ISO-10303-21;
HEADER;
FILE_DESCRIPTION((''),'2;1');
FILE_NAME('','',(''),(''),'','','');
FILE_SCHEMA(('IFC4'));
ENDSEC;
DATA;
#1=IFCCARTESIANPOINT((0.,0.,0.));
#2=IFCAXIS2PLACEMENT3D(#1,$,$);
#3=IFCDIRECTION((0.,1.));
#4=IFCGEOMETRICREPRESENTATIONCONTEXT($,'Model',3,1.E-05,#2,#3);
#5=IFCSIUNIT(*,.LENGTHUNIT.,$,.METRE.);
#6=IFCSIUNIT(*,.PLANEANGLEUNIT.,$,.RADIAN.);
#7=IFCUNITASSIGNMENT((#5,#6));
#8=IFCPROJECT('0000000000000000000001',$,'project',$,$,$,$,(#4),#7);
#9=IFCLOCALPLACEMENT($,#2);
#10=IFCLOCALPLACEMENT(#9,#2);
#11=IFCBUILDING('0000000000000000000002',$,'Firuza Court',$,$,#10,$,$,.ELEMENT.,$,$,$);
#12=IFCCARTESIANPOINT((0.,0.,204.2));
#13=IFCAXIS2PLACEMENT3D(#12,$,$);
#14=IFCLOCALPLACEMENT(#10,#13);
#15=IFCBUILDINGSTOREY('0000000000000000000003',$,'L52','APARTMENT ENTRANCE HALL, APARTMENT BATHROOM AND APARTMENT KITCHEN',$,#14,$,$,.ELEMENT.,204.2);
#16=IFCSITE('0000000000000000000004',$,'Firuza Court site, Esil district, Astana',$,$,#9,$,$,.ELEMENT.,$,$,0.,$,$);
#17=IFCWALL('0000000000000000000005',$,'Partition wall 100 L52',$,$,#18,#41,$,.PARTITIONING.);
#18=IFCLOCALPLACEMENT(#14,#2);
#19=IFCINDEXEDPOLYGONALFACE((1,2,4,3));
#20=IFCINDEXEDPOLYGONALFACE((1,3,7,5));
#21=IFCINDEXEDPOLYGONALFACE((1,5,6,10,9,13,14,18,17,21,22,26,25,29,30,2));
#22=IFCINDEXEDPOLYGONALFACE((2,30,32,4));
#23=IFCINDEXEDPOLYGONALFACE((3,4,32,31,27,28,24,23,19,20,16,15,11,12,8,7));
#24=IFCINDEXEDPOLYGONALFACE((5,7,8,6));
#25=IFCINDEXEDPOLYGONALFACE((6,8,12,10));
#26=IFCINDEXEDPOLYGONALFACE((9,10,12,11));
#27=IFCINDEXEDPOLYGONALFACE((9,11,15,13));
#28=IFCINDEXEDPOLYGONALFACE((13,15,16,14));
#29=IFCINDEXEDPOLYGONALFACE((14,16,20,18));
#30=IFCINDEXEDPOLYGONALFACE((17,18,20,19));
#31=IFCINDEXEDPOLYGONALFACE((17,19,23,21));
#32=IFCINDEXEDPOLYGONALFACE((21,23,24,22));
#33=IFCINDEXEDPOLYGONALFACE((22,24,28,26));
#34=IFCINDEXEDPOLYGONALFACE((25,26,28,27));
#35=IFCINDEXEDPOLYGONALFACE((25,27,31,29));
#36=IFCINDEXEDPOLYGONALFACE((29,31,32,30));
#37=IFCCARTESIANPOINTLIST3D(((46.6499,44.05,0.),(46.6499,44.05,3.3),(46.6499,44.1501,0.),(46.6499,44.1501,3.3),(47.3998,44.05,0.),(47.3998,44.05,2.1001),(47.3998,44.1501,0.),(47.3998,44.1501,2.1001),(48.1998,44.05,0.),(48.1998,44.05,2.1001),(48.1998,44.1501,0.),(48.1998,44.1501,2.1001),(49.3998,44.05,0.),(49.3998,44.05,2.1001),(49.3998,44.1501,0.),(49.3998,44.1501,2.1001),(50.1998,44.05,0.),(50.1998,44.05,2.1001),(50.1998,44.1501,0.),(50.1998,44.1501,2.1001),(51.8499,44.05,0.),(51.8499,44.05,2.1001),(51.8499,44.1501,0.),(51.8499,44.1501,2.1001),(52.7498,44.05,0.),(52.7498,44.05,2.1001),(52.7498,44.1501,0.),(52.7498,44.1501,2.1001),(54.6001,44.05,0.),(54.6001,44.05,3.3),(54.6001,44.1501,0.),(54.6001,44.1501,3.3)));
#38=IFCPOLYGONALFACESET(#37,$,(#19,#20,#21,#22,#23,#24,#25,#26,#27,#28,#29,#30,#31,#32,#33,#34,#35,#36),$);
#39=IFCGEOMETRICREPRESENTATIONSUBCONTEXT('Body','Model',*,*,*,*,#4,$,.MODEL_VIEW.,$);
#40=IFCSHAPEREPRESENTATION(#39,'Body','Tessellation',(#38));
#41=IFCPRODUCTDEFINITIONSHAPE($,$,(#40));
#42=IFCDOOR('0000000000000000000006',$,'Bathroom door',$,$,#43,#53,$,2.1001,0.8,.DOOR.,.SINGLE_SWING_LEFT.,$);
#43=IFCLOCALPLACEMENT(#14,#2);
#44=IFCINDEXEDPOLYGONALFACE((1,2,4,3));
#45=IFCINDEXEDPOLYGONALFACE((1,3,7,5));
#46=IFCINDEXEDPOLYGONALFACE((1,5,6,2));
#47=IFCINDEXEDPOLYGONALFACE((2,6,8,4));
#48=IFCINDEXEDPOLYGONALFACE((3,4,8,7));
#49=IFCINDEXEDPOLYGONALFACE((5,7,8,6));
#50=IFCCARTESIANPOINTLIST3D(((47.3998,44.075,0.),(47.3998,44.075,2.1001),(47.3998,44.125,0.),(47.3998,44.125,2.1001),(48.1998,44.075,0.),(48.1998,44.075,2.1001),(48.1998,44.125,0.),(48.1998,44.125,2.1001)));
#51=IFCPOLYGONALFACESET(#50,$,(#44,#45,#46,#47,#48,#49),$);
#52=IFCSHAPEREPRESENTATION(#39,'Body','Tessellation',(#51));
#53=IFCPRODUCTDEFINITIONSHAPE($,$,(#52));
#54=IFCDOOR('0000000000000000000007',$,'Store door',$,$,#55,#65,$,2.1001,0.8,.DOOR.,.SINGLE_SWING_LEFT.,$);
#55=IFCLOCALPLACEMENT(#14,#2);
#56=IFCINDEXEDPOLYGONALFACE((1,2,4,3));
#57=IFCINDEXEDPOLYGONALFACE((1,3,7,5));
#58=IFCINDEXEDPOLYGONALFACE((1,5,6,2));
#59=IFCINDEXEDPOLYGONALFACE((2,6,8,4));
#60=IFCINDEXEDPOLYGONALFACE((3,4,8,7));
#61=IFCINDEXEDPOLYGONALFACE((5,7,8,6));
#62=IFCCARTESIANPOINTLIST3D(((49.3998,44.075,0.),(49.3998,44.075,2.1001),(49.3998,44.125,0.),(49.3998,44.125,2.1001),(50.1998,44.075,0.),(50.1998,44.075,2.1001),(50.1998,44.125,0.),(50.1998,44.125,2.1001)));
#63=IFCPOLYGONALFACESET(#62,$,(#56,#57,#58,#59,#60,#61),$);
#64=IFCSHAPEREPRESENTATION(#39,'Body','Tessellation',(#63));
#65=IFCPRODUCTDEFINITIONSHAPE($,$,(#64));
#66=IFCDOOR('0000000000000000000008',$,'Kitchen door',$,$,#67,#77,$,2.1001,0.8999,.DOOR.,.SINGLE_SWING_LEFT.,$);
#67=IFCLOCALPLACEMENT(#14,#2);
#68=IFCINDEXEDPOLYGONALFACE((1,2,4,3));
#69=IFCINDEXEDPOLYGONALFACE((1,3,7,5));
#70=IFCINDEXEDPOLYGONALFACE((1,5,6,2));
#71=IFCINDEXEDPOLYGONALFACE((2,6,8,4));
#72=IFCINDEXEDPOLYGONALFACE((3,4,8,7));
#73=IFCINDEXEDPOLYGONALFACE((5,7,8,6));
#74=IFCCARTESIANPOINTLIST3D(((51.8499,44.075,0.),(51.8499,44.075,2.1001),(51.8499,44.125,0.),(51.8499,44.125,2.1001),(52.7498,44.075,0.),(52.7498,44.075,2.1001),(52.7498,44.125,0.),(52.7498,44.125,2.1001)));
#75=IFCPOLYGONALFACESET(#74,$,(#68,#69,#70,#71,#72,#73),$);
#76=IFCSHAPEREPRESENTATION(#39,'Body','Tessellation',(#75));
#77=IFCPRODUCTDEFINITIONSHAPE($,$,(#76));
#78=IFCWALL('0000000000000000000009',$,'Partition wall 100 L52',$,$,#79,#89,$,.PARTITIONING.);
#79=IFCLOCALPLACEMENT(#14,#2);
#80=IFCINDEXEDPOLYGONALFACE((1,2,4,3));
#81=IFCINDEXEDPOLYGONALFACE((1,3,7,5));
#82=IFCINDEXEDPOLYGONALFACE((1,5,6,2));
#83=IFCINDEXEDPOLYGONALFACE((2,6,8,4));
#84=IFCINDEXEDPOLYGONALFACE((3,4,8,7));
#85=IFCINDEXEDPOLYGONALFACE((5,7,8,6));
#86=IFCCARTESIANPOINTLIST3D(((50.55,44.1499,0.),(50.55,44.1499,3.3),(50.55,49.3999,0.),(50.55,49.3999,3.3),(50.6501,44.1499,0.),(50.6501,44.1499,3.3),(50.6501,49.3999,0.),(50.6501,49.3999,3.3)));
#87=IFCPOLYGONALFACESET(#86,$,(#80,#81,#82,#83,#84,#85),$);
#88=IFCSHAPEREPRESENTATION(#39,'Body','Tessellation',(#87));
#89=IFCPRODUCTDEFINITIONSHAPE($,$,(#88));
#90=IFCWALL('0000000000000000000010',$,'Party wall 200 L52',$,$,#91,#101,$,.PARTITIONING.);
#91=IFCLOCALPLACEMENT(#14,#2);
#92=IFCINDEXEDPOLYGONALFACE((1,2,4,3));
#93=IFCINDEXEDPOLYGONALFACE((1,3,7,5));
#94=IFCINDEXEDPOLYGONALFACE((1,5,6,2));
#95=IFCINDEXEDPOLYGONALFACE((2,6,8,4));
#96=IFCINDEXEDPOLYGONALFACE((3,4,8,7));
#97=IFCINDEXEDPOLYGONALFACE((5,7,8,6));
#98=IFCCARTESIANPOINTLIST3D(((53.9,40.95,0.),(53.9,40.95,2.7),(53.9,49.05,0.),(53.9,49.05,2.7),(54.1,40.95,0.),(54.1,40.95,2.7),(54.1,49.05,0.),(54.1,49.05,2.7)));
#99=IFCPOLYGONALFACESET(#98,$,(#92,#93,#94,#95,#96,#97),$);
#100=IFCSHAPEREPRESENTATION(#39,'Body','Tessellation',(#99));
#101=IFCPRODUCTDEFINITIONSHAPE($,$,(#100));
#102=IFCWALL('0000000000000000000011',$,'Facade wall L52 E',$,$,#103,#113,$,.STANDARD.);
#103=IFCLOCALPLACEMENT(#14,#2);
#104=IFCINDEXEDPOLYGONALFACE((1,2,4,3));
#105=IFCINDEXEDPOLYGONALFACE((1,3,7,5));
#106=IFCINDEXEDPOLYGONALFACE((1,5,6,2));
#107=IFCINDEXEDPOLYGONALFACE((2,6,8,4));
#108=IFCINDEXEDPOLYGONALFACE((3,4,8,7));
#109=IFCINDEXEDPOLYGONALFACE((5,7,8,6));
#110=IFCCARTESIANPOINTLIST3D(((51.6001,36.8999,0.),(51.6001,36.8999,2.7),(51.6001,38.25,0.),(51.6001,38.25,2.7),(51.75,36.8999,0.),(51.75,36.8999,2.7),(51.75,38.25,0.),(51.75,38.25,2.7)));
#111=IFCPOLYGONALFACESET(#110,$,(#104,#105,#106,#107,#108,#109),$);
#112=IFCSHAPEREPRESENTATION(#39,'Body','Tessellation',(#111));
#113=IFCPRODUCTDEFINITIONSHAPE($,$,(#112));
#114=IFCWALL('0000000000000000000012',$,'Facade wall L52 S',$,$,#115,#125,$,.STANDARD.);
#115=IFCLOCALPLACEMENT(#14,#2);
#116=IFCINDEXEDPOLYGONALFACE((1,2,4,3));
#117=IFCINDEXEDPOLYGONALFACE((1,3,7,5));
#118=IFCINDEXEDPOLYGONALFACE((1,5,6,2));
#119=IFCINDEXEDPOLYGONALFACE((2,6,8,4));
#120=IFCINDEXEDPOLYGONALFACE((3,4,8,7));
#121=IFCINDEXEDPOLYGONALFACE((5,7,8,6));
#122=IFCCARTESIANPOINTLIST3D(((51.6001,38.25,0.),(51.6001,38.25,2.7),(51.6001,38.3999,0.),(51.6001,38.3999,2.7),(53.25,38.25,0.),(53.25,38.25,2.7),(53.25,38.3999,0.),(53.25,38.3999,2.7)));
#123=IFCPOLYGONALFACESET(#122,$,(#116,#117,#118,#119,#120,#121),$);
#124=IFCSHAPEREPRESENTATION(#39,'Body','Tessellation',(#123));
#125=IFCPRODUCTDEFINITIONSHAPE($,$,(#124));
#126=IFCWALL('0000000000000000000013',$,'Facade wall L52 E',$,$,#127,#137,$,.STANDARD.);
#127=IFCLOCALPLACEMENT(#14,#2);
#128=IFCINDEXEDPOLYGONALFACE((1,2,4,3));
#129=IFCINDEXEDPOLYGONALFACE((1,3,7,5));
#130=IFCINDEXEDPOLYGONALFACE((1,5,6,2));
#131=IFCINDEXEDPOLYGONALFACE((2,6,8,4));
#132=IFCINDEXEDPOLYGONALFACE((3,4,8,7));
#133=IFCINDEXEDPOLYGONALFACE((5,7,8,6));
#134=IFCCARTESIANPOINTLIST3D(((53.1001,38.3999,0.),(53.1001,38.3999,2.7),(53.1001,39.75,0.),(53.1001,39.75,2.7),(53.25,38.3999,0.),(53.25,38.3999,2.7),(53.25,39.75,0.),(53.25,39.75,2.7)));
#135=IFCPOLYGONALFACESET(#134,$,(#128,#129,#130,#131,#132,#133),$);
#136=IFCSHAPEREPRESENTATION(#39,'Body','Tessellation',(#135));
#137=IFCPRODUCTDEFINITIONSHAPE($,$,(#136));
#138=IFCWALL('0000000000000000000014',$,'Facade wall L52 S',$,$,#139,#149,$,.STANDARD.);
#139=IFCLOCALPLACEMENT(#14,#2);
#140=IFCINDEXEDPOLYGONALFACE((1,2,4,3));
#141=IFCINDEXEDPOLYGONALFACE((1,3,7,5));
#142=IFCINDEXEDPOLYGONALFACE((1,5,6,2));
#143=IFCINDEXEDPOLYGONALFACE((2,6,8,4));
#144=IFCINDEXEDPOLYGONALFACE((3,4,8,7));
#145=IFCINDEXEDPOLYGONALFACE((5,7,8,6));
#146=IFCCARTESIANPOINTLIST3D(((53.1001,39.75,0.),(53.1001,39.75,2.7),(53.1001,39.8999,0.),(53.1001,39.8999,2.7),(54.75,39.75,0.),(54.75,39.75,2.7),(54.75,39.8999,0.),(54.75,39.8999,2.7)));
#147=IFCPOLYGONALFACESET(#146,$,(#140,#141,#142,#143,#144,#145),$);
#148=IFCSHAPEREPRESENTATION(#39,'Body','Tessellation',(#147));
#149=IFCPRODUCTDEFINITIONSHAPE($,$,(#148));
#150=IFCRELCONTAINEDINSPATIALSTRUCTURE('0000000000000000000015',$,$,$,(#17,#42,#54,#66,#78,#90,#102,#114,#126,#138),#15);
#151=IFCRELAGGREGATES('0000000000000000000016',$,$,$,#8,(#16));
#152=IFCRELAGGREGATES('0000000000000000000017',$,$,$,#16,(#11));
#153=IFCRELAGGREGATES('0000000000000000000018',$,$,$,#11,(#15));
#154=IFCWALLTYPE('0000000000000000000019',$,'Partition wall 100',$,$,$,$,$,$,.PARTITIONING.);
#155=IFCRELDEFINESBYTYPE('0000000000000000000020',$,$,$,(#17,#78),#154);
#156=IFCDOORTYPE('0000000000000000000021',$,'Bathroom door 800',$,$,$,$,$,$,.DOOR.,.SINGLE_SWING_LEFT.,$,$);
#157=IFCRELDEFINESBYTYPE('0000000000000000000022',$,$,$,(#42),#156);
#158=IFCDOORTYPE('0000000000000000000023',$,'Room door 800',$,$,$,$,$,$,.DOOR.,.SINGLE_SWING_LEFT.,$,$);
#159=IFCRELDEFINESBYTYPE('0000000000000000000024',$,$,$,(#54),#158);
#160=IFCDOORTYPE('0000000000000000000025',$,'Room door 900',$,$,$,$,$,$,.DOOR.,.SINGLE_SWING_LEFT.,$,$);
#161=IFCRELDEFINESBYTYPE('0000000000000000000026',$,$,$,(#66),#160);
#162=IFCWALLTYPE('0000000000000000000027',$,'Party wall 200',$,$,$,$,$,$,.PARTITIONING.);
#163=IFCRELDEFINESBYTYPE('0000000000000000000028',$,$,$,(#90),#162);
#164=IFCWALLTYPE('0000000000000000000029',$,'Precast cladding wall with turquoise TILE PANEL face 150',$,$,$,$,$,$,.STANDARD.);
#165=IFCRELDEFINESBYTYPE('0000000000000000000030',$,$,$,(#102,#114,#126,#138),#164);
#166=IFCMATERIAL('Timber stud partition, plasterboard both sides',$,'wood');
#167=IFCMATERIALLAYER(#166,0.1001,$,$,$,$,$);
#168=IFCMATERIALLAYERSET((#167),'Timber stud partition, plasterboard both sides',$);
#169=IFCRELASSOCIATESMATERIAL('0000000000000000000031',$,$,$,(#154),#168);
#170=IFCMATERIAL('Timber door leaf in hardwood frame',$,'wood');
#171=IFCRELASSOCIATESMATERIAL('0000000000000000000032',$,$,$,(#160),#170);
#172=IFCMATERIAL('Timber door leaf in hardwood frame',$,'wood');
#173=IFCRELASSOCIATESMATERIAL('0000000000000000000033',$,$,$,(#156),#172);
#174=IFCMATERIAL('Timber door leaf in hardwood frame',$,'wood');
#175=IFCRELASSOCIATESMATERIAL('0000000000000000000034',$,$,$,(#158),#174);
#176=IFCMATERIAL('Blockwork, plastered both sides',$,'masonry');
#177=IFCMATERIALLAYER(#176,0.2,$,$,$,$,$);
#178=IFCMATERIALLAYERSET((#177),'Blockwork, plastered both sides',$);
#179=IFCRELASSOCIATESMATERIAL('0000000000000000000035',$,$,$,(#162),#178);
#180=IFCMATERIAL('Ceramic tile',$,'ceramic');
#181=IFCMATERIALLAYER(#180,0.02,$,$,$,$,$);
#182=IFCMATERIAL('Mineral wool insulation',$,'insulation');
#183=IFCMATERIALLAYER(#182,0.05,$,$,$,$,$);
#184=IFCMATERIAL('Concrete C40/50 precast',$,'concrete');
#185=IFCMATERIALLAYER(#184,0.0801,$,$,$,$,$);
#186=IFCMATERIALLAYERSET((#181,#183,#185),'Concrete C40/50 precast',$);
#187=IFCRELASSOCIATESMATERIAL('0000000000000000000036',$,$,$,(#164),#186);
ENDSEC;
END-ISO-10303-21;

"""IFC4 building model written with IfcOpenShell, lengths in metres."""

from ifc_helpers import new_model, si_unit, direction, frame, frame_2d, origin, place, context, subcontext, project, spatial, rectangle, extrude, material, layer, layer_set, type_object, element, fill, save


model = new_model("IFC4")

# Units and contexts
model_context = context("Model", 3, precision=1e-05, world=origin(), true_north=direction((0.0, 1.0)))
body_context = subcontext(model_context, "Body", "Model", "MODEL_VIEW")
ifc_project = project(units=[si_unit("LENGTHUNIT", "METRE"), si_unit("PLANEANGLEUNIT", "RADIAN")], contexts=[model_context])

# Site, building, storey
site_placement = place(None, origin())
site = spatial("IfcSite", under=ifc_project, at=site_placement, Name="Firuza Court site, Esil district, Astana", CompositionType="ELEMENT", RefElevation=0.0)
building_placement = place(site_placement, origin())
building = spatial("IfcBuilding", under=site, at=building_placement, Name="Firuza Court", CompositionType="ELEMENT")
storey_placement = place(building_placement, frame((0.0, 0.0, 204.2)))
storey = spatial("IfcBuildingStorey", under=building, at=storey_placement, Name="L52", Description="APARTMENT ENTRANCE HALL, APARTMENT BATHROOM AND APARTMENT KITCHEN", CompositionType="ELEMENT", Elevation=204.2)

# Shared definitions
ifc_material_1 = material(Name="Timber stud partition, plasterboard both sides", Category="wood")
ifc_layer_1 = layer(ifc_material_1, 0.1001)
ifc_layer_set_1 = layer_set([ifc_layer_1], Name="Timber stud partition, plasterboard both sides")
wall_type_1 = type_object("IfcWallType", Name="Partition wall 100", PredefinedType="PARTITIONING", material=ifc_layer_set_1)
ifc_material_2 = material(Name="Timber door leaf in hardwood frame", Category="wood")
door_type_1 = type_object("IfcDoorType", Name="Room door 900", OperationType="SINGLE_SWING_LEFT", PredefinedType="DOOR", material=ifc_material_2)

# Wall, openings, doors
wall_1_placement = place(storey_placement, frame((46.6499, 44.1001, 0.0), z_axis=(0.0, 0.0, 1.0), x_axis=(1.0, 0.0, 0.0)))
wall_1 = element("IfcWall", 1, at=wall_1_placement, inside=storey, type_object=wall_type_1, Name="Partition wall 100 L52", PredefinedType="PARTITIONING", context=body_context, shape_type="SweptSolid", body=[
    extrude(rectangle(XDim=7.9502, YDim=0.1001, at=frame_2d((3.9751, 0.0))), origin(), (0.0, 0.0, 1.0), 3.3),
])
opening_1_placement = place(wall_1_placement, frame((0.75, 0.0, 0.0)))
opening_1 = element("IfcOpeningElement", 2, at=opening_1_placement, cuts=wall_1, PredefinedType="OPENING", context=body_context, shape_type="SweptSolid", body=[
    extrude(rectangle(XDim=0.8, YDim=2.1001, at=frame_2d((0.3999, 1.05))), frame((0.0, 0.062, 0.0), z_axis=(0.0, -1.0, 0.0), x_axis=(1.0, 0.0, 0.0)), (0.0, 0.0, 1.0), 0.124),
])
opening_2_placement = place(wall_1_placement, frame((5.2, 0.0, 0.0)))
opening_2 = element("IfcOpeningElement", 3, at=opening_2_placement, cuts=wall_1, PredefinedType="OPENING", context=body_context, shape_type="SweptSolid", body=[
    extrude(rectangle(XDim=0.8999, YDim=2.1001, at=frame_2d((0.45, 1.05))), frame((0.0, 0.062, 0.0), z_axis=(0.0, -1.0, 0.0), x_axis=(1.0, 0.0, 0.0)), (0.0, 0.0, 1.0), 0.124),
])
opening_3_placement = place(wall_1_placement, frame((2.75, 0.0, 0.0)))
opening_3 = element("IfcOpeningElement", 4, at=opening_3_placement, cuts=wall_1, PredefinedType="OPENING", context=body_context, shape_type="SweptSolid", body=[
    extrude(rectangle(XDim=0.8, YDim=2.1001, at=frame_2d((0.3999, 1.05))), frame((0.0, 0.062, 0.0), z_axis=(0.0, -1.0, 0.0), x_axis=(1.0, 0.0, 0.0)), (0.0, 0.0, 1.0), 0.124),
])
ifc_material_3 = material(Name="Timber door leaf in hardwood frame", Category="wood")
door_type_2 = type_object("IfcDoorType", Name="Bathroom door 800", OperationType="SINGLE_SWING_LEFT", PredefinedType="DOOR", material=ifc_material_3)
door_1_placement = place(opening_1_placement, origin())
door_1 = element("IfcDoor", 5, at=door_1_placement, inside=storey, type_object=door_type_2, Name="Bathroom door", OperationType="SINGLE_SWING_LEFT", OverallHeight=2.1001, OverallWidth=0.8, PredefinedType="DOOR", context=body_context, shape_type="SweptSolid", body=[
    extrude(rectangle(XDim=0.8, YDim=2.1001, at=frame_2d((0.3999, 1.05))), frame((0.0, 0.0249, 0.0), z_axis=(0.0, -1.0, 0.0), x_axis=(1.0, 0.0, 0.0)), (0.0, 0.0, 1.0), 0.05),
])
fill(opening_1, door_1)
ifc_material_4 = material(Name="Timber door leaf in hardwood frame", Category="wood")
door_type_3 = type_object("IfcDoorType", Name="Room door 800", OperationType="SINGLE_SWING_LEFT", PredefinedType="DOOR", material=ifc_material_4)
door_2_placement = place(opening_3_placement, origin())
door_2 = element("IfcDoor", 6, at=door_2_placement, inside=storey, type_object=door_type_3, Name="Store door", OperationType="SINGLE_SWING_LEFT", OverallHeight=2.1001, OverallWidth=0.8, PredefinedType="DOOR", context=body_context, shape_type="SweptSolid", body=[
    extrude(rectangle(XDim=0.8, YDim=2.1001, at=frame_2d((0.3999, 1.05))), frame((0.0, 0.0249, 0.0), z_axis=(0.0, -1.0, 0.0), x_axis=(1.0, 0.0, 0.0)), (0.0, 0.0, 1.0), 0.05),
])
fill(opening_3, door_2)
door_3_placement = place(opening_2_placement, origin())
door_3 = element("IfcDoor", 7, at=door_3_placement, inside=storey, type_object=door_type_1, Name="Kitchen door", OperationType="SINGLE_SWING_LEFT", OverallHeight=2.1001, OverallWidth=0.8999, PredefinedType="DOOR", context=body_context, shape_type="SweptSolid", body=[
    extrude(rectangle(XDim=0.8999, YDim=2.1001, at=frame_2d((0.45, 1.05))), frame((0.0, 0.0249, 0.0), z_axis=(0.0, -1.0, 0.0), x_axis=(1.0, 0.0, 0.0)), (0.0, 0.0, 1.0), 0.05),
])
fill(opening_2, door_3)

# Walls
wall_2_placement = place(storey_placement, frame((50.6001, 44.1499, 0.0), z_axis=(0.0, 0.0, 1.0), x_axis=(0.0, 1.0, 0.0)))
element("IfcWall", 8, at=wall_2_placement, inside=storey, type_object=wall_type_1, Name="Partition wall 100 L52", PredefinedType="PARTITIONING", context=body_context, shape_type="SweptSolid", body=[
    extrude(rectangle(XDim=5.25, YDim=0.1001, at=frame_2d((2.625, 0.0))), origin(), (0.0, 0.0, 1.0), 3.3),
])
ifc_material_5 = material(Name="Blockwork, plastered both sides", Category="masonry")
ifc_layer_2 = layer(ifc_material_5, 0.2)
ifc_layer_set_2 = layer_set([ifc_layer_2], Name="Blockwork, plastered both sides")
wall_type_2 = type_object("IfcWallType", Name="Party wall 200", PredefinedType="PARTITIONING", material=ifc_layer_set_2)
wall_3_placement = place(storey_placement, frame((54.0, 40.95, 0.0), z_axis=(0.0, 0.0, 1.0), x_axis=(0.0, 1.0, 0.0)))
element("IfcWall", 9, at=wall_3_placement, inside=storey, type_object=wall_type_2, Name="Party wall 200 L52", PredefinedType="PARTITIONING", context=body_context, shape_type="SweptSolid", body=[
    extrude(rectangle(XDim=8.1001, YDim=0.2, at=frame_2d((4.05, 0.0))), origin(), (0.0, 0.0, 1.0), 2.7),
])
ifc_material_6 = material(Name="Ceramic tile", Category="ceramic")
ifc_layer_3 = layer(ifc_material_6, 0.02)
ifc_material_7 = material(Name="Mineral wool insulation", Category="insulation")
ifc_layer_4 = layer(ifc_material_7, 0.05)
ifc_material_8 = material(Name="Concrete C40/50 precast", Category="concrete")
ifc_layer_5 = layer(ifc_material_8, 0.0801)
ifc_layer_set_3 = layer_set([ifc_layer_3, ifc_layer_4, ifc_layer_5], Name="Concrete C40/50 precast")
wall_type_3 = type_object("IfcWallType", Name="Precast cladding wall with turquoise TILE PANEL face 150", PredefinedType="STANDARD", material=ifc_layer_set_3)
wall_4_placement = place(storey_placement, frame((51.675, 36.8999, 0.0), z_axis=(0.0, 0.0, 1.0), x_axis=(0.0, 1.0, 0.0)))
element("IfcWall", 10, at=wall_4_placement, inside=storey, type_object=wall_type_3, Name="Facade wall L52 E", PredefinedType="STANDARD", context=body_context, shape_type="SweptSolid", body=[
    extrude(rectangle(XDim=1.3501, YDim=0.1499, at=frame_2d((0.675, 0.0))), origin(), (0.0, 0.0, 1.0), 2.7),
])
wall_5_placement = place(storey_placement, frame((51.6001, 38.325, 0.0), z_axis=(0.0, 0.0, 1.0), x_axis=(1.0, 0.0, 0.0)))
element("IfcWall", 11, at=wall_5_placement, inside=storey, type_object=wall_type_3, Name="Facade wall L52 S", PredefinedType="STANDARD", context=body_context, shape_type="SweptSolid", body=[
    extrude(rectangle(XDim=1.6499, YDim=0.1499, at=frame_2d((0.825, 0.0))), origin(), (0.0, 0.0, 1.0), 2.7),
])
wall_6_placement = place(storey_placement, frame((53.175, 38.3999, 0.0), z_axis=(0.0, 0.0, 1.0), x_axis=(0.0, 1.0, 0.0)))
element("IfcWall", 12, at=wall_6_placement, inside=storey, type_object=wall_type_3, Name="Facade wall L52 E", PredefinedType="STANDARD", context=body_context, shape_type="SweptSolid", body=[
    extrude(rectangle(XDim=1.3501, YDim=0.1499, at=frame_2d((0.675, 0.0))), origin(), (0.0, 0.0, 1.0), 2.7),
])
wall_7_placement = place(storey_placement, frame((53.1001, 39.825, 0.0), z_axis=(0.0, 0.0, 1.0), x_axis=(1.0, 0.0, 0.0)))
element("IfcWall", 13, at=wall_7_placement, inside=storey, type_object=wall_type_3, Name="Facade wall L52 S", PredefinedType="STANDARD", context=body_context, shape_type="SweptSolid", body=[
    extrude(rectangle(XDim=1.6499, YDim=0.1499, at=frame_2d((0.825, 0.0))), origin(), (0.0, 0.0, 1.0), 2.7),
])

save(model, "model.ifc")
